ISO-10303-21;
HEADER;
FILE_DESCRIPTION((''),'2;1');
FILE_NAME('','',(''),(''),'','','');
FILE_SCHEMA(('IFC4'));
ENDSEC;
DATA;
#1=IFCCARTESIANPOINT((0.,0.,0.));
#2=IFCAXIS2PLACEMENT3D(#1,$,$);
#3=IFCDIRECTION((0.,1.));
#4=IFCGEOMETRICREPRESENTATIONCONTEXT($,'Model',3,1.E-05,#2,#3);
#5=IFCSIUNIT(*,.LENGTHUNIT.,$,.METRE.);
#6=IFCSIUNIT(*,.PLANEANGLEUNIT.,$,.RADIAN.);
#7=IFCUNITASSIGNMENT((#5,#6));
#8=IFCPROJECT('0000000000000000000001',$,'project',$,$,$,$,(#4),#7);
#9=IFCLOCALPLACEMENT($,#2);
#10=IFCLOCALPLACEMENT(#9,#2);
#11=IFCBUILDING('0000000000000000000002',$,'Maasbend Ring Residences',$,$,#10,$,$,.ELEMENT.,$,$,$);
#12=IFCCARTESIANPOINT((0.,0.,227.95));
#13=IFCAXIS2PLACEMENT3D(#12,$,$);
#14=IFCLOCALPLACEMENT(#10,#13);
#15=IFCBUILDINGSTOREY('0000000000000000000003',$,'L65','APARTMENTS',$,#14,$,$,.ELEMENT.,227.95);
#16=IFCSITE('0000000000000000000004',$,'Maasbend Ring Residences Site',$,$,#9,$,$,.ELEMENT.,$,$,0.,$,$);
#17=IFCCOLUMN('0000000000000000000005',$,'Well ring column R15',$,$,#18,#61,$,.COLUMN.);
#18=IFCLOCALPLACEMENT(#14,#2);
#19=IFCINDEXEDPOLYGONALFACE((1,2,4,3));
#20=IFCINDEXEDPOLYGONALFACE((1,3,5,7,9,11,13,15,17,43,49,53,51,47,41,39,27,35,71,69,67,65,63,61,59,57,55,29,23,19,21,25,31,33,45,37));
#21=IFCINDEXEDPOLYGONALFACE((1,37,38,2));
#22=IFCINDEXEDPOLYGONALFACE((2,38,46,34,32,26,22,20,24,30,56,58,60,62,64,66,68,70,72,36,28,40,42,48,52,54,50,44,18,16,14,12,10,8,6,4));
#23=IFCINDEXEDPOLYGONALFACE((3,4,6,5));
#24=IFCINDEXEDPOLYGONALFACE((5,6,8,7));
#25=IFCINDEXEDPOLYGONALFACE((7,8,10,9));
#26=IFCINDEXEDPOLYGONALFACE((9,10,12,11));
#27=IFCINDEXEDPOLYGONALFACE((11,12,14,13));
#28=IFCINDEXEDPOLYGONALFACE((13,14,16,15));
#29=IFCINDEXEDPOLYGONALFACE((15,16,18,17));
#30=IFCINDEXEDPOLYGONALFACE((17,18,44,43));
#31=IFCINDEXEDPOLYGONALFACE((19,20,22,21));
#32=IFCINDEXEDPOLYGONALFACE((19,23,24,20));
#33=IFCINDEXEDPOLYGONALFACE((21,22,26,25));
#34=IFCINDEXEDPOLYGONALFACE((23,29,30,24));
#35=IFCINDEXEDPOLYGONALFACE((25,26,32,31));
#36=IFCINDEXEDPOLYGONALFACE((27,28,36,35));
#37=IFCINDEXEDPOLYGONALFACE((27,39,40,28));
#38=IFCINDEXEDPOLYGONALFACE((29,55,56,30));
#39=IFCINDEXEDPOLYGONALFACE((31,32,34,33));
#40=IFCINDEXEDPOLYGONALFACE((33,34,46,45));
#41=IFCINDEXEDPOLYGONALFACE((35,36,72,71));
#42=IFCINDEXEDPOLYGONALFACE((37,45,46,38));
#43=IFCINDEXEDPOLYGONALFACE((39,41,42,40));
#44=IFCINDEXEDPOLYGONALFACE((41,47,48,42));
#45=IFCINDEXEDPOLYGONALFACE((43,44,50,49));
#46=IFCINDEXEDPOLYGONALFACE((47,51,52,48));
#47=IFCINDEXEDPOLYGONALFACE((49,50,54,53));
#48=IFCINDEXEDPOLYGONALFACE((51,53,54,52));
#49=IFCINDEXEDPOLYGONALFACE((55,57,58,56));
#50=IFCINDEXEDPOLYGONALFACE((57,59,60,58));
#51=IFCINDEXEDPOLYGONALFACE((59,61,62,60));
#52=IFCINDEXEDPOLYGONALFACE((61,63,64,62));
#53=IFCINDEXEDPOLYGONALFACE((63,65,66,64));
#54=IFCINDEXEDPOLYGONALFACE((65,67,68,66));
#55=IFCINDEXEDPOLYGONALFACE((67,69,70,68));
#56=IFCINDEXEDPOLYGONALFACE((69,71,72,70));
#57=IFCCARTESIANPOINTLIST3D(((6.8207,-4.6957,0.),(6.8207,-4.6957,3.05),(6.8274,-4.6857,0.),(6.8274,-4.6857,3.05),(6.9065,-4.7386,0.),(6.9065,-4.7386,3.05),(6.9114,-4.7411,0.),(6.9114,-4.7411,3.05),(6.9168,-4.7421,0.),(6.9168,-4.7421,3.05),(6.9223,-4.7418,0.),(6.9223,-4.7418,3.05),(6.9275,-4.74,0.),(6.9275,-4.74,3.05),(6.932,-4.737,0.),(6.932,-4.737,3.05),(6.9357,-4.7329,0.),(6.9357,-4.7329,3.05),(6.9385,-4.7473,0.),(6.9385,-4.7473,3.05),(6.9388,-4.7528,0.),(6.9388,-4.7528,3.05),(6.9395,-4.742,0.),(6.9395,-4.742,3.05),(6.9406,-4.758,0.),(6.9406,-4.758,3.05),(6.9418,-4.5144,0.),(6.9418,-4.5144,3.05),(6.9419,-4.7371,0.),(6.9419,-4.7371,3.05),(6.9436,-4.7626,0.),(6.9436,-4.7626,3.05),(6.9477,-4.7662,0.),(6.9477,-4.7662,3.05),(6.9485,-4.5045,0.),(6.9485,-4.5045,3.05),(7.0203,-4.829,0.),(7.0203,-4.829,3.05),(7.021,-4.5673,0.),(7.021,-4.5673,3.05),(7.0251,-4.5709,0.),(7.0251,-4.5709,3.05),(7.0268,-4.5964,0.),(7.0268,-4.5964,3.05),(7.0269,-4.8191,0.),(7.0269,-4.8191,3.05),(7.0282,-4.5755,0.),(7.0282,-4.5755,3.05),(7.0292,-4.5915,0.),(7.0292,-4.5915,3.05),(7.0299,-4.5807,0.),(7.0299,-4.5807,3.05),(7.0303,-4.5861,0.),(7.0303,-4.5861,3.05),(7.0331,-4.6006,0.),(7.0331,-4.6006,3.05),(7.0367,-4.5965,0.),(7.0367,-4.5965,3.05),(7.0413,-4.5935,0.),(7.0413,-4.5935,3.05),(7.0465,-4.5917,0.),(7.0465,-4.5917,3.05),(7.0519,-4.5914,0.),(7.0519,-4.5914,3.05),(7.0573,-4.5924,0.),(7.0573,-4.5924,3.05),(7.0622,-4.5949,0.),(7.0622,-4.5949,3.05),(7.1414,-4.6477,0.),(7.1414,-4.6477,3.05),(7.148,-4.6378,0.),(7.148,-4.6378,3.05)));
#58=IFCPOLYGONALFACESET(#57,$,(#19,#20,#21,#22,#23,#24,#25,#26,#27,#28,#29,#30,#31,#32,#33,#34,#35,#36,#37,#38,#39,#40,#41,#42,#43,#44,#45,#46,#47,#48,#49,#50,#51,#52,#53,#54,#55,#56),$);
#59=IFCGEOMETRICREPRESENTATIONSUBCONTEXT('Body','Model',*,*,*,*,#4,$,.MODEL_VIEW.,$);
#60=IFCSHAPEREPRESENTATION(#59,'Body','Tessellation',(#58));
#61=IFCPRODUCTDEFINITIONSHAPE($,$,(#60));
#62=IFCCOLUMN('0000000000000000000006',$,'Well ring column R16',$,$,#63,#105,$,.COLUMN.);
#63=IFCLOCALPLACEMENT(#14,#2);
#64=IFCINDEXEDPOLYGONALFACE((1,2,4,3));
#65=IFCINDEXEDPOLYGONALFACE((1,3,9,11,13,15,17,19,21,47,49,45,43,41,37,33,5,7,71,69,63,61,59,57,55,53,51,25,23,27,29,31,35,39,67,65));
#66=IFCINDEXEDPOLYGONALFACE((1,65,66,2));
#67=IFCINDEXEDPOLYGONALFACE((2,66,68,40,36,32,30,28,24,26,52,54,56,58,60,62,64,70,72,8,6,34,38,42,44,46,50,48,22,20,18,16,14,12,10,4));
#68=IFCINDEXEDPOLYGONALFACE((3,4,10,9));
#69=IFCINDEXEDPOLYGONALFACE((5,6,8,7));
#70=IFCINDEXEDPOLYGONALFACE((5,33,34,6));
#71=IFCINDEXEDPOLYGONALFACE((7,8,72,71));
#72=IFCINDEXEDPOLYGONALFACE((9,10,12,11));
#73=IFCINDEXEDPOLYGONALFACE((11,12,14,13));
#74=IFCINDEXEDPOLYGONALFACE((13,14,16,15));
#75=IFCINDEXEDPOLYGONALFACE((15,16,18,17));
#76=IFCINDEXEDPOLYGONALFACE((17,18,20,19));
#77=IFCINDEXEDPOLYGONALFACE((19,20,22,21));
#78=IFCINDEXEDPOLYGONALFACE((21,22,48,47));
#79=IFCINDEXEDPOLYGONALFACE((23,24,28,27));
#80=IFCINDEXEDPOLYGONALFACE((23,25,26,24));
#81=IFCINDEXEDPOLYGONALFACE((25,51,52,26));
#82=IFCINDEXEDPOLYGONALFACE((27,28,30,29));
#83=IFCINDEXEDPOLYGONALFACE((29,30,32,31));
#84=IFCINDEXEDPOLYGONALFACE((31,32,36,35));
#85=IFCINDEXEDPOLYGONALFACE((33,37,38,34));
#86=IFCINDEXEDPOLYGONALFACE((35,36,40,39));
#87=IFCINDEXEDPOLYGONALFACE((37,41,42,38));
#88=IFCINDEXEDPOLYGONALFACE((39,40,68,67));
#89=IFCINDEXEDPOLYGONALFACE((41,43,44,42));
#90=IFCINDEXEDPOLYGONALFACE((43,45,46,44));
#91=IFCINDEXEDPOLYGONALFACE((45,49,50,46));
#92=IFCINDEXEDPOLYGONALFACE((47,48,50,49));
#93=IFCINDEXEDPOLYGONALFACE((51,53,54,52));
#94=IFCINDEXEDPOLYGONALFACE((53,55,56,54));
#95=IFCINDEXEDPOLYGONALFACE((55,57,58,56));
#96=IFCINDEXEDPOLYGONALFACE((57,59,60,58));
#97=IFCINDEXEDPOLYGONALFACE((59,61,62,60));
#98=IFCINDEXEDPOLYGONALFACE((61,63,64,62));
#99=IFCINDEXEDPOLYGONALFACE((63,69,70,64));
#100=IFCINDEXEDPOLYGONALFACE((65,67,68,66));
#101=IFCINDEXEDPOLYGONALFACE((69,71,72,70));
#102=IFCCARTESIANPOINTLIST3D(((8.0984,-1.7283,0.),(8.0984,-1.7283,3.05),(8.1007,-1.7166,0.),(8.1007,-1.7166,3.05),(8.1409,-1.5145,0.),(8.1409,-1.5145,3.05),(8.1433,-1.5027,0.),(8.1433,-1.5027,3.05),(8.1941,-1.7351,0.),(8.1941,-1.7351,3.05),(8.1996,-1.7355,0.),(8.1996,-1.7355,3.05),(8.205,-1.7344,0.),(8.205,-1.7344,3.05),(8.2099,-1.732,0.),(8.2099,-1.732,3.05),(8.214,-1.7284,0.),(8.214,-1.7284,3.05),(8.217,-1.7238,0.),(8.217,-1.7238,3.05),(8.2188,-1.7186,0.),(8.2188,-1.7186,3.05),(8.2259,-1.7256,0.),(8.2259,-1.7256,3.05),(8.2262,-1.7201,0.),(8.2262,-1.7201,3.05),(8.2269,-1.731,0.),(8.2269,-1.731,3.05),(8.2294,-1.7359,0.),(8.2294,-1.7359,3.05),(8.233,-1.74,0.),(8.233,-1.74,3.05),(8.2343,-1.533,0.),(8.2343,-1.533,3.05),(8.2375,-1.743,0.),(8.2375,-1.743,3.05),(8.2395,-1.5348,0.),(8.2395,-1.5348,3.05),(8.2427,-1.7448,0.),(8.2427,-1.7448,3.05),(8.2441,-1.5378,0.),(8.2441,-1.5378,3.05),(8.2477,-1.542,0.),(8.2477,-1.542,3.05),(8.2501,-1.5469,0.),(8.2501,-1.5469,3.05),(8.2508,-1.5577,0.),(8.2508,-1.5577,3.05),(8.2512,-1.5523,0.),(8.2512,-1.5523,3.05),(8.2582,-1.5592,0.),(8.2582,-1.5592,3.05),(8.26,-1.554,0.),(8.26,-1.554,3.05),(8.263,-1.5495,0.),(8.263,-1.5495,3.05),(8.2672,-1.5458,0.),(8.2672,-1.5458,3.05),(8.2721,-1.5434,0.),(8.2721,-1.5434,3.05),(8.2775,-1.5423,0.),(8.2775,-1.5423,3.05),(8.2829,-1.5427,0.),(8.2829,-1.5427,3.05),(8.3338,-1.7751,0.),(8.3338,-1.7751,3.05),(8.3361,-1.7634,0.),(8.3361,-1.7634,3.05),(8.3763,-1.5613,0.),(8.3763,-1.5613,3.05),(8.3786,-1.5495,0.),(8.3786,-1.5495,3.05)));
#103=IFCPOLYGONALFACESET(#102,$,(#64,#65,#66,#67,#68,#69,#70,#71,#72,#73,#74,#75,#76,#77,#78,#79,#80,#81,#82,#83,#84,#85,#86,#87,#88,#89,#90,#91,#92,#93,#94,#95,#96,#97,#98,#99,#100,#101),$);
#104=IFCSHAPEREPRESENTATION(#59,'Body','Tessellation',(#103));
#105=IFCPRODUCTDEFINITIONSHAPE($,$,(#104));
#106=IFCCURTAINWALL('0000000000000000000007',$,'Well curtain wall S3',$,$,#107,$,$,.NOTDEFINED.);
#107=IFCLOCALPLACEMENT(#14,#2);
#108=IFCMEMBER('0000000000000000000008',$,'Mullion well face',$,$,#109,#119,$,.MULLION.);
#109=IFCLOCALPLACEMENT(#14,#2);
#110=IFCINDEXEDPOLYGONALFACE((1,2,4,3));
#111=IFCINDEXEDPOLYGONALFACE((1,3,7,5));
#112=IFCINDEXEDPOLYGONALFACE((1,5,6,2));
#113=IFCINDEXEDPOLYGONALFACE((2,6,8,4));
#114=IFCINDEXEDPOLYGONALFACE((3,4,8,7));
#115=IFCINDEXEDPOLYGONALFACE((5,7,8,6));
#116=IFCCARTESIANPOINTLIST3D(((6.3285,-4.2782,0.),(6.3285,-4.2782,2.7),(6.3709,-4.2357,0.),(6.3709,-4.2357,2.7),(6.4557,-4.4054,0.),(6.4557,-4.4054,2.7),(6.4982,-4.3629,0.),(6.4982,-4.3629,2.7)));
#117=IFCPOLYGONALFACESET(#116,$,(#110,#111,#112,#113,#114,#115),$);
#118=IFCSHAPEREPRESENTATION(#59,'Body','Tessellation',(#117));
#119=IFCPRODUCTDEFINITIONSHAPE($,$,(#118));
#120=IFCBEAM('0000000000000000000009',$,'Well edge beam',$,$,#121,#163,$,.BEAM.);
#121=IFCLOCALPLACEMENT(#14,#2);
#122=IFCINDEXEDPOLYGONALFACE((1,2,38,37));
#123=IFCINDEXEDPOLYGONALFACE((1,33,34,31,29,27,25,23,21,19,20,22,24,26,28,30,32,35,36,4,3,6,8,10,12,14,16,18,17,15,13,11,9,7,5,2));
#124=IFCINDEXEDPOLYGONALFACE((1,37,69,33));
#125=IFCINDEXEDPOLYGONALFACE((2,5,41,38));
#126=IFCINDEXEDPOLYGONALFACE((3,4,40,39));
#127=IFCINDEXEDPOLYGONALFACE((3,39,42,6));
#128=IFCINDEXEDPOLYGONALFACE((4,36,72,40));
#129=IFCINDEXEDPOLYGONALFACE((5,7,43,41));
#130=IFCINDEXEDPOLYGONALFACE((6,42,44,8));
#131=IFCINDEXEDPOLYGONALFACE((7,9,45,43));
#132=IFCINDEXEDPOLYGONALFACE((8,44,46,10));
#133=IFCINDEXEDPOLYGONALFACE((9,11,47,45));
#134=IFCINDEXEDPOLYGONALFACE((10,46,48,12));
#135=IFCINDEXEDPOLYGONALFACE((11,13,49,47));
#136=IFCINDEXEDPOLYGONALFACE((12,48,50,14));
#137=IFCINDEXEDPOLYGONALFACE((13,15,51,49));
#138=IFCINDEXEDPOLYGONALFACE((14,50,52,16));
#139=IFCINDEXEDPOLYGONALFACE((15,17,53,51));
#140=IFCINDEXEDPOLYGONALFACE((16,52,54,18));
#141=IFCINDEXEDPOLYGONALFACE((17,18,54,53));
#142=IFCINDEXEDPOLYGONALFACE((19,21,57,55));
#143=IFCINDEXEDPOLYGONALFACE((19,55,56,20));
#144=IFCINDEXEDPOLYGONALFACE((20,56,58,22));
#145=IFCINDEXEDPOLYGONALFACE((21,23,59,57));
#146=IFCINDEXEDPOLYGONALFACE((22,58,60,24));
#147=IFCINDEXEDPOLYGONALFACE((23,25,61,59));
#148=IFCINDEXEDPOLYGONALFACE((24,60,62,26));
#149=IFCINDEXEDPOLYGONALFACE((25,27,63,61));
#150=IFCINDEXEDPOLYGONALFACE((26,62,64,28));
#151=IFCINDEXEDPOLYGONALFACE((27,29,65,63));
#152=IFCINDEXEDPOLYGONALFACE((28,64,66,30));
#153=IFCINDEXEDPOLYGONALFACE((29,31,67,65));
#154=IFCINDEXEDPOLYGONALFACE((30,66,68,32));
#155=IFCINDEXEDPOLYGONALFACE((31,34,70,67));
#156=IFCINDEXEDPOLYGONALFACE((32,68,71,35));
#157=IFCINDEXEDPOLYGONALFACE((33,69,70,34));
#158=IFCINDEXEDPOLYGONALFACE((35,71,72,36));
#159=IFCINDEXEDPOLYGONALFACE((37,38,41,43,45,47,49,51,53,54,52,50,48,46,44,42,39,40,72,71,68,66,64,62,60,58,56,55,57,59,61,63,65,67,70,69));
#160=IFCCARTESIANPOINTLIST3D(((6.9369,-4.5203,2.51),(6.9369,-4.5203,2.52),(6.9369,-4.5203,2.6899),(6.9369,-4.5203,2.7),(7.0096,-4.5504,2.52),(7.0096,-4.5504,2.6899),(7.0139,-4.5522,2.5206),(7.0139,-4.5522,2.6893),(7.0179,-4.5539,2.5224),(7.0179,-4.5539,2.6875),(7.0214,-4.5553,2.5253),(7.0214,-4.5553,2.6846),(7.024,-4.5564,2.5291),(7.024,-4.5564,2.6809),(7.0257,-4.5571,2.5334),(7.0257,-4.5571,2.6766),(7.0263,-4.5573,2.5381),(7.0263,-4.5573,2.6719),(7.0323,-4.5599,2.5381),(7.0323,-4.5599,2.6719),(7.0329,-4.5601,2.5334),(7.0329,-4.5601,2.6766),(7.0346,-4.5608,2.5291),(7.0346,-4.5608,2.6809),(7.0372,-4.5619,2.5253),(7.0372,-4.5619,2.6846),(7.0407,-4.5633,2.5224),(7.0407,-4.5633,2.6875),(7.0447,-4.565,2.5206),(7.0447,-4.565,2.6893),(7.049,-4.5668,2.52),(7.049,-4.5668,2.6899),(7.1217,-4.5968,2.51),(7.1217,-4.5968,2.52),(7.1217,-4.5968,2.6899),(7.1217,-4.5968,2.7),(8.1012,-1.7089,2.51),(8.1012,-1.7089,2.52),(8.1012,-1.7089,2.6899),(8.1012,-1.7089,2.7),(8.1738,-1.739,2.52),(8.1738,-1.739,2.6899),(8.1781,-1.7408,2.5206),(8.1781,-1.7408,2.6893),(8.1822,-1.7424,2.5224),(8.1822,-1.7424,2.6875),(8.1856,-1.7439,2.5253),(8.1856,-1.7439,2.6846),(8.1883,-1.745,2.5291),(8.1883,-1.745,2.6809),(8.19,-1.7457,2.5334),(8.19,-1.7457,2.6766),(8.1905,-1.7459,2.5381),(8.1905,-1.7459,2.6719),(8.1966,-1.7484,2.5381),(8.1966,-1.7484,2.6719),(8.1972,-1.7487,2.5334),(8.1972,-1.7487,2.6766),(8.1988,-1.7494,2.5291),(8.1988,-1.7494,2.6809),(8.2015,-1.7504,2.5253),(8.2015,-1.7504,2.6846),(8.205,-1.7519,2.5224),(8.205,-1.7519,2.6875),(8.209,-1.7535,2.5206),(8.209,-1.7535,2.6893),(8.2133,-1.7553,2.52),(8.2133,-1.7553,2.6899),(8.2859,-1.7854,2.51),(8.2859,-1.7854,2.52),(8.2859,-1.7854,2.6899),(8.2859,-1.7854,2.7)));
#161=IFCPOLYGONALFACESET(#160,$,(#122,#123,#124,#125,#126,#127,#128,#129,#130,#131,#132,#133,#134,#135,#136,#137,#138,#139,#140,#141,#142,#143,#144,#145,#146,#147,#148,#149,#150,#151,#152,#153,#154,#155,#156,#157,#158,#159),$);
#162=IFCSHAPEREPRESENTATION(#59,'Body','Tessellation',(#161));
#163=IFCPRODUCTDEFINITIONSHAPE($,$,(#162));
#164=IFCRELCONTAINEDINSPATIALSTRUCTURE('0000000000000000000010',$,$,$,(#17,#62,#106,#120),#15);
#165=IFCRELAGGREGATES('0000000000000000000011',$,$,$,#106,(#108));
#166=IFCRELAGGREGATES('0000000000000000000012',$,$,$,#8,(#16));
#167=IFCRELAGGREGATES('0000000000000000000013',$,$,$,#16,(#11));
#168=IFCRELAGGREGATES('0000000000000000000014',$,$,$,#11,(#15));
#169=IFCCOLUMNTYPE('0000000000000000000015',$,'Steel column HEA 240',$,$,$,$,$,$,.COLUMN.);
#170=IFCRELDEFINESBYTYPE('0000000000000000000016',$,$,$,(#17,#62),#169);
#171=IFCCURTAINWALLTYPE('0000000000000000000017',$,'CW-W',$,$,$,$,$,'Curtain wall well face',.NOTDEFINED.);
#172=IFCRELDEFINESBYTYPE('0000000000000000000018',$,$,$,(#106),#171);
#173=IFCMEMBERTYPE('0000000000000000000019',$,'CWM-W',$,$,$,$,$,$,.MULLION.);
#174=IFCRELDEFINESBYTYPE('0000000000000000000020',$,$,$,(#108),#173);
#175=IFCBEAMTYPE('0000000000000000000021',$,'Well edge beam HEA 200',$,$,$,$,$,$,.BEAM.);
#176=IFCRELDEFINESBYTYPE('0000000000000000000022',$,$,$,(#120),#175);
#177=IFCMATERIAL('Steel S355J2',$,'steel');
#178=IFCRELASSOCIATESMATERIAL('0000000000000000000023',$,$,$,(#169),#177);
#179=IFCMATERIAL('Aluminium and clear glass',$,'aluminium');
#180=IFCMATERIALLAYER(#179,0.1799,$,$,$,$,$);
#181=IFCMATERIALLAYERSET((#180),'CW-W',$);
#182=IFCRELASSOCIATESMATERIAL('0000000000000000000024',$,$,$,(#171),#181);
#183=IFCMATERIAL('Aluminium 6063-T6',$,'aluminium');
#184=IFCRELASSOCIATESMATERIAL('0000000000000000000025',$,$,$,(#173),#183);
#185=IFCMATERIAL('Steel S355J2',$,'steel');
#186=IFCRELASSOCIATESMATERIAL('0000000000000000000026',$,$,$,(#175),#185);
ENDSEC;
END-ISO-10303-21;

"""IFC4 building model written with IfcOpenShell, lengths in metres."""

from ifc_helpers import new_model, si_unit, direction, frame, origin, origin_2d, place, context, subcontext, project, spatial, rectangle, i_section, extrude, material, layer, layer_set, material_profile, profile_set, type_object, element, aggregate, save


model = new_model("IFC4")

# Units and contexts
model_context = context("Model", 3, precision=1e-05, world=origin(), true_north=direction((0.0, 1.0)))
body_context = subcontext(model_context, "Body", "Model", "MODEL_VIEW")
ifc_project = project(units=[si_unit("LENGTHUNIT", "METRE"), si_unit("PLANEANGLEUNIT", "RADIAN")], contexts=[model_context])

# Site, building, storey
site_placement = place(None, origin())
site = spatial("IfcSite", under=ifc_project, at=site_placement, Name="Maasbend Ring Residences Site", CompositionType="ELEMENT", RefElevation=0.0)
building_placement = place(site_placement, origin())
building = spatial("IfcBuilding", under=site, at=building_placement, Name="Maasbend Ring Residences", CompositionType="ELEMENT")
storey_placement = place(building_placement, frame((0.0, 0.0, 227.95)))
storey = spatial("IfcBuildingStorey", under=building, at=storey_placement, Name="L65", Description="APARTMENTS", CompositionType="ELEMENT", Elevation=227.95)

# Columns
ifc_material_1 = material(Name="Steel S355J2", Category="steel")
ifc_material_profile_1 = material_profile(ifc_material_1, i_section(OverallWidth=0.24, OverallDepth=0.23, WebThickness=0.0076, FlangeThickness=0.012, FilletRadius=0.021, at=origin_2d()), Name="HEA 240")
ifc_profile_set_1 = profile_set([ifc_material_profile_1], Name="Steel S355J2")
column_type = type_object("IfcColumnType", Name="Steel column HEA 240", PredefinedType="COLUMN", material=ifc_profile_set_1)
for number, where, z_axis, x_axis, name in (
    (1, (6.9844, -4.6667, 0.0), (0.0, 0.0, 1.0), (0.83147, -0.55557, 0.0), "Well ring column R15"),
    (2, (8.2385, -1.6389, 0.0), (0.0, 0.0, 1.0), (0.980785, -0.19509, 0.0), "Well ring column R16"),
):
    element("IfcColumn", number, at=place(storey_placement, frame(where, z_axis=z_axis, x_axis=x_axis)), inside=storey, type_object=column_type, Name=name, PredefinedType="COLUMN", context=body_context, shape_type="SweptSolid", body=[
        extrude(i_section(OverallWidth=0.24, OverallDepth=0.23, WebThickness=0.0076, FlangeThickness=0.012, FilletRadius=0.021, at=origin_2d()), origin(), (0.0, 0.0, 1.0), 3.05),
    ])

# Curtain wall, member
ifc_material_2 = material(Name="Aluminium and clear glass", Category="aluminium")
ifc_layer_1 = layer(ifc_material_2, 0.1799)
ifc_layer_set_1 = layer_set([ifc_layer_1], Name="CW-W")
curtain_wall_type = type_object("IfcCurtainWallType", Name="CW-W", ElementType="Curtain wall well face", PredefinedType="NOTDEFINED", material=ifc_layer_set_1)
curtain_wall_placement = place(storey_placement, origin())
curtain_wall = element("IfcCurtainWall", 3, at=curtain_wall_placement, inside=storey, type_object=curtain_wall_type, Name="Well curtain wall S3", PredefinedType="NOTDEFINED")
ifc_material_3 = material(Name="Aluminium 6063-T6", Category="aluminium")
ifc_material_profile_2 = material_profile(ifc_material_3, rectangle(XDim=0.1799, YDim=0.0601, at=origin_2d()), Name="AL 180x60")
ifc_profile_set_2 = profile_set([ifc_material_profile_2], Name="Aluminium 6063-T6")
member_type = type_object("IfcMemberType", Name="CWM-W", PredefinedType="MULLION", material=ifc_profile_set_2)
member_placement = place(storey_placement, frame((6.4133, -4.3206, 0.0), z_axis=(0.0, 0.0, 1.0), x_axis=(-0.707107, 0.707107, 0.0)))
member = element("IfcMember", 4, at=member_placement, type_object=member_type, Name="Mullion well face", PredefinedType="MULLION", context=body_context, shape_type="SweptSolid", body=[
    extrude(rectangle(XDim=0.1799, YDim=0.0601, at=origin_2d()), origin(), (0.0, 0.0, 1.0), 2.7),
])

# Beam
ifc_material_4 = material(Name="Steel S355J2", Category="steel")
ifc_material_profile_3 = material_profile(ifc_material_4, i_section(OverallWidth=0.2, OverallDepth=0.1899, WebThickness=0.0066, FlangeThickness=0.01, FilletRadius=0.0181, at=origin_2d()), Name="HEA 200")
ifc_profile_set_3 = profile_set([ifc_material_profile_3], Name="Steel S355J2")
beam_type = type_object("IfcBeamType", Name="Well edge beam HEA 200", PredefinedType="BEAM", material=ifc_profile_set_3)
for number, where, z_axis, x_axis, name in (
    (5, (7.0293, -4.5586, 2.605), (0.382609, 0.92391, 0.0), (-0.92391, 0.382609, 0.0), "Well edge beam"),
):
    element("IfcBeam", number, at=place(storey_placement, frame(where, z_axis=z_axis, x_axis=x_axis)), inside=storey, type_object=beam_type, Name=name, PredefinedType="BEAM", context=body_context, shape_type="SweptSolid", body=[
        extrude(i_section(OverallWidth=0.2, OverallDepth=0.1899, WebThickness=0.0066, FlangeThickness=0.01, FilletRadius=0.0181, at=origin_2d()), origin(), (0.0, 0.0, 1.0), 3.043),
    ])

aggregate(curtain_wall, [member])

save(model, "model.ifc")
